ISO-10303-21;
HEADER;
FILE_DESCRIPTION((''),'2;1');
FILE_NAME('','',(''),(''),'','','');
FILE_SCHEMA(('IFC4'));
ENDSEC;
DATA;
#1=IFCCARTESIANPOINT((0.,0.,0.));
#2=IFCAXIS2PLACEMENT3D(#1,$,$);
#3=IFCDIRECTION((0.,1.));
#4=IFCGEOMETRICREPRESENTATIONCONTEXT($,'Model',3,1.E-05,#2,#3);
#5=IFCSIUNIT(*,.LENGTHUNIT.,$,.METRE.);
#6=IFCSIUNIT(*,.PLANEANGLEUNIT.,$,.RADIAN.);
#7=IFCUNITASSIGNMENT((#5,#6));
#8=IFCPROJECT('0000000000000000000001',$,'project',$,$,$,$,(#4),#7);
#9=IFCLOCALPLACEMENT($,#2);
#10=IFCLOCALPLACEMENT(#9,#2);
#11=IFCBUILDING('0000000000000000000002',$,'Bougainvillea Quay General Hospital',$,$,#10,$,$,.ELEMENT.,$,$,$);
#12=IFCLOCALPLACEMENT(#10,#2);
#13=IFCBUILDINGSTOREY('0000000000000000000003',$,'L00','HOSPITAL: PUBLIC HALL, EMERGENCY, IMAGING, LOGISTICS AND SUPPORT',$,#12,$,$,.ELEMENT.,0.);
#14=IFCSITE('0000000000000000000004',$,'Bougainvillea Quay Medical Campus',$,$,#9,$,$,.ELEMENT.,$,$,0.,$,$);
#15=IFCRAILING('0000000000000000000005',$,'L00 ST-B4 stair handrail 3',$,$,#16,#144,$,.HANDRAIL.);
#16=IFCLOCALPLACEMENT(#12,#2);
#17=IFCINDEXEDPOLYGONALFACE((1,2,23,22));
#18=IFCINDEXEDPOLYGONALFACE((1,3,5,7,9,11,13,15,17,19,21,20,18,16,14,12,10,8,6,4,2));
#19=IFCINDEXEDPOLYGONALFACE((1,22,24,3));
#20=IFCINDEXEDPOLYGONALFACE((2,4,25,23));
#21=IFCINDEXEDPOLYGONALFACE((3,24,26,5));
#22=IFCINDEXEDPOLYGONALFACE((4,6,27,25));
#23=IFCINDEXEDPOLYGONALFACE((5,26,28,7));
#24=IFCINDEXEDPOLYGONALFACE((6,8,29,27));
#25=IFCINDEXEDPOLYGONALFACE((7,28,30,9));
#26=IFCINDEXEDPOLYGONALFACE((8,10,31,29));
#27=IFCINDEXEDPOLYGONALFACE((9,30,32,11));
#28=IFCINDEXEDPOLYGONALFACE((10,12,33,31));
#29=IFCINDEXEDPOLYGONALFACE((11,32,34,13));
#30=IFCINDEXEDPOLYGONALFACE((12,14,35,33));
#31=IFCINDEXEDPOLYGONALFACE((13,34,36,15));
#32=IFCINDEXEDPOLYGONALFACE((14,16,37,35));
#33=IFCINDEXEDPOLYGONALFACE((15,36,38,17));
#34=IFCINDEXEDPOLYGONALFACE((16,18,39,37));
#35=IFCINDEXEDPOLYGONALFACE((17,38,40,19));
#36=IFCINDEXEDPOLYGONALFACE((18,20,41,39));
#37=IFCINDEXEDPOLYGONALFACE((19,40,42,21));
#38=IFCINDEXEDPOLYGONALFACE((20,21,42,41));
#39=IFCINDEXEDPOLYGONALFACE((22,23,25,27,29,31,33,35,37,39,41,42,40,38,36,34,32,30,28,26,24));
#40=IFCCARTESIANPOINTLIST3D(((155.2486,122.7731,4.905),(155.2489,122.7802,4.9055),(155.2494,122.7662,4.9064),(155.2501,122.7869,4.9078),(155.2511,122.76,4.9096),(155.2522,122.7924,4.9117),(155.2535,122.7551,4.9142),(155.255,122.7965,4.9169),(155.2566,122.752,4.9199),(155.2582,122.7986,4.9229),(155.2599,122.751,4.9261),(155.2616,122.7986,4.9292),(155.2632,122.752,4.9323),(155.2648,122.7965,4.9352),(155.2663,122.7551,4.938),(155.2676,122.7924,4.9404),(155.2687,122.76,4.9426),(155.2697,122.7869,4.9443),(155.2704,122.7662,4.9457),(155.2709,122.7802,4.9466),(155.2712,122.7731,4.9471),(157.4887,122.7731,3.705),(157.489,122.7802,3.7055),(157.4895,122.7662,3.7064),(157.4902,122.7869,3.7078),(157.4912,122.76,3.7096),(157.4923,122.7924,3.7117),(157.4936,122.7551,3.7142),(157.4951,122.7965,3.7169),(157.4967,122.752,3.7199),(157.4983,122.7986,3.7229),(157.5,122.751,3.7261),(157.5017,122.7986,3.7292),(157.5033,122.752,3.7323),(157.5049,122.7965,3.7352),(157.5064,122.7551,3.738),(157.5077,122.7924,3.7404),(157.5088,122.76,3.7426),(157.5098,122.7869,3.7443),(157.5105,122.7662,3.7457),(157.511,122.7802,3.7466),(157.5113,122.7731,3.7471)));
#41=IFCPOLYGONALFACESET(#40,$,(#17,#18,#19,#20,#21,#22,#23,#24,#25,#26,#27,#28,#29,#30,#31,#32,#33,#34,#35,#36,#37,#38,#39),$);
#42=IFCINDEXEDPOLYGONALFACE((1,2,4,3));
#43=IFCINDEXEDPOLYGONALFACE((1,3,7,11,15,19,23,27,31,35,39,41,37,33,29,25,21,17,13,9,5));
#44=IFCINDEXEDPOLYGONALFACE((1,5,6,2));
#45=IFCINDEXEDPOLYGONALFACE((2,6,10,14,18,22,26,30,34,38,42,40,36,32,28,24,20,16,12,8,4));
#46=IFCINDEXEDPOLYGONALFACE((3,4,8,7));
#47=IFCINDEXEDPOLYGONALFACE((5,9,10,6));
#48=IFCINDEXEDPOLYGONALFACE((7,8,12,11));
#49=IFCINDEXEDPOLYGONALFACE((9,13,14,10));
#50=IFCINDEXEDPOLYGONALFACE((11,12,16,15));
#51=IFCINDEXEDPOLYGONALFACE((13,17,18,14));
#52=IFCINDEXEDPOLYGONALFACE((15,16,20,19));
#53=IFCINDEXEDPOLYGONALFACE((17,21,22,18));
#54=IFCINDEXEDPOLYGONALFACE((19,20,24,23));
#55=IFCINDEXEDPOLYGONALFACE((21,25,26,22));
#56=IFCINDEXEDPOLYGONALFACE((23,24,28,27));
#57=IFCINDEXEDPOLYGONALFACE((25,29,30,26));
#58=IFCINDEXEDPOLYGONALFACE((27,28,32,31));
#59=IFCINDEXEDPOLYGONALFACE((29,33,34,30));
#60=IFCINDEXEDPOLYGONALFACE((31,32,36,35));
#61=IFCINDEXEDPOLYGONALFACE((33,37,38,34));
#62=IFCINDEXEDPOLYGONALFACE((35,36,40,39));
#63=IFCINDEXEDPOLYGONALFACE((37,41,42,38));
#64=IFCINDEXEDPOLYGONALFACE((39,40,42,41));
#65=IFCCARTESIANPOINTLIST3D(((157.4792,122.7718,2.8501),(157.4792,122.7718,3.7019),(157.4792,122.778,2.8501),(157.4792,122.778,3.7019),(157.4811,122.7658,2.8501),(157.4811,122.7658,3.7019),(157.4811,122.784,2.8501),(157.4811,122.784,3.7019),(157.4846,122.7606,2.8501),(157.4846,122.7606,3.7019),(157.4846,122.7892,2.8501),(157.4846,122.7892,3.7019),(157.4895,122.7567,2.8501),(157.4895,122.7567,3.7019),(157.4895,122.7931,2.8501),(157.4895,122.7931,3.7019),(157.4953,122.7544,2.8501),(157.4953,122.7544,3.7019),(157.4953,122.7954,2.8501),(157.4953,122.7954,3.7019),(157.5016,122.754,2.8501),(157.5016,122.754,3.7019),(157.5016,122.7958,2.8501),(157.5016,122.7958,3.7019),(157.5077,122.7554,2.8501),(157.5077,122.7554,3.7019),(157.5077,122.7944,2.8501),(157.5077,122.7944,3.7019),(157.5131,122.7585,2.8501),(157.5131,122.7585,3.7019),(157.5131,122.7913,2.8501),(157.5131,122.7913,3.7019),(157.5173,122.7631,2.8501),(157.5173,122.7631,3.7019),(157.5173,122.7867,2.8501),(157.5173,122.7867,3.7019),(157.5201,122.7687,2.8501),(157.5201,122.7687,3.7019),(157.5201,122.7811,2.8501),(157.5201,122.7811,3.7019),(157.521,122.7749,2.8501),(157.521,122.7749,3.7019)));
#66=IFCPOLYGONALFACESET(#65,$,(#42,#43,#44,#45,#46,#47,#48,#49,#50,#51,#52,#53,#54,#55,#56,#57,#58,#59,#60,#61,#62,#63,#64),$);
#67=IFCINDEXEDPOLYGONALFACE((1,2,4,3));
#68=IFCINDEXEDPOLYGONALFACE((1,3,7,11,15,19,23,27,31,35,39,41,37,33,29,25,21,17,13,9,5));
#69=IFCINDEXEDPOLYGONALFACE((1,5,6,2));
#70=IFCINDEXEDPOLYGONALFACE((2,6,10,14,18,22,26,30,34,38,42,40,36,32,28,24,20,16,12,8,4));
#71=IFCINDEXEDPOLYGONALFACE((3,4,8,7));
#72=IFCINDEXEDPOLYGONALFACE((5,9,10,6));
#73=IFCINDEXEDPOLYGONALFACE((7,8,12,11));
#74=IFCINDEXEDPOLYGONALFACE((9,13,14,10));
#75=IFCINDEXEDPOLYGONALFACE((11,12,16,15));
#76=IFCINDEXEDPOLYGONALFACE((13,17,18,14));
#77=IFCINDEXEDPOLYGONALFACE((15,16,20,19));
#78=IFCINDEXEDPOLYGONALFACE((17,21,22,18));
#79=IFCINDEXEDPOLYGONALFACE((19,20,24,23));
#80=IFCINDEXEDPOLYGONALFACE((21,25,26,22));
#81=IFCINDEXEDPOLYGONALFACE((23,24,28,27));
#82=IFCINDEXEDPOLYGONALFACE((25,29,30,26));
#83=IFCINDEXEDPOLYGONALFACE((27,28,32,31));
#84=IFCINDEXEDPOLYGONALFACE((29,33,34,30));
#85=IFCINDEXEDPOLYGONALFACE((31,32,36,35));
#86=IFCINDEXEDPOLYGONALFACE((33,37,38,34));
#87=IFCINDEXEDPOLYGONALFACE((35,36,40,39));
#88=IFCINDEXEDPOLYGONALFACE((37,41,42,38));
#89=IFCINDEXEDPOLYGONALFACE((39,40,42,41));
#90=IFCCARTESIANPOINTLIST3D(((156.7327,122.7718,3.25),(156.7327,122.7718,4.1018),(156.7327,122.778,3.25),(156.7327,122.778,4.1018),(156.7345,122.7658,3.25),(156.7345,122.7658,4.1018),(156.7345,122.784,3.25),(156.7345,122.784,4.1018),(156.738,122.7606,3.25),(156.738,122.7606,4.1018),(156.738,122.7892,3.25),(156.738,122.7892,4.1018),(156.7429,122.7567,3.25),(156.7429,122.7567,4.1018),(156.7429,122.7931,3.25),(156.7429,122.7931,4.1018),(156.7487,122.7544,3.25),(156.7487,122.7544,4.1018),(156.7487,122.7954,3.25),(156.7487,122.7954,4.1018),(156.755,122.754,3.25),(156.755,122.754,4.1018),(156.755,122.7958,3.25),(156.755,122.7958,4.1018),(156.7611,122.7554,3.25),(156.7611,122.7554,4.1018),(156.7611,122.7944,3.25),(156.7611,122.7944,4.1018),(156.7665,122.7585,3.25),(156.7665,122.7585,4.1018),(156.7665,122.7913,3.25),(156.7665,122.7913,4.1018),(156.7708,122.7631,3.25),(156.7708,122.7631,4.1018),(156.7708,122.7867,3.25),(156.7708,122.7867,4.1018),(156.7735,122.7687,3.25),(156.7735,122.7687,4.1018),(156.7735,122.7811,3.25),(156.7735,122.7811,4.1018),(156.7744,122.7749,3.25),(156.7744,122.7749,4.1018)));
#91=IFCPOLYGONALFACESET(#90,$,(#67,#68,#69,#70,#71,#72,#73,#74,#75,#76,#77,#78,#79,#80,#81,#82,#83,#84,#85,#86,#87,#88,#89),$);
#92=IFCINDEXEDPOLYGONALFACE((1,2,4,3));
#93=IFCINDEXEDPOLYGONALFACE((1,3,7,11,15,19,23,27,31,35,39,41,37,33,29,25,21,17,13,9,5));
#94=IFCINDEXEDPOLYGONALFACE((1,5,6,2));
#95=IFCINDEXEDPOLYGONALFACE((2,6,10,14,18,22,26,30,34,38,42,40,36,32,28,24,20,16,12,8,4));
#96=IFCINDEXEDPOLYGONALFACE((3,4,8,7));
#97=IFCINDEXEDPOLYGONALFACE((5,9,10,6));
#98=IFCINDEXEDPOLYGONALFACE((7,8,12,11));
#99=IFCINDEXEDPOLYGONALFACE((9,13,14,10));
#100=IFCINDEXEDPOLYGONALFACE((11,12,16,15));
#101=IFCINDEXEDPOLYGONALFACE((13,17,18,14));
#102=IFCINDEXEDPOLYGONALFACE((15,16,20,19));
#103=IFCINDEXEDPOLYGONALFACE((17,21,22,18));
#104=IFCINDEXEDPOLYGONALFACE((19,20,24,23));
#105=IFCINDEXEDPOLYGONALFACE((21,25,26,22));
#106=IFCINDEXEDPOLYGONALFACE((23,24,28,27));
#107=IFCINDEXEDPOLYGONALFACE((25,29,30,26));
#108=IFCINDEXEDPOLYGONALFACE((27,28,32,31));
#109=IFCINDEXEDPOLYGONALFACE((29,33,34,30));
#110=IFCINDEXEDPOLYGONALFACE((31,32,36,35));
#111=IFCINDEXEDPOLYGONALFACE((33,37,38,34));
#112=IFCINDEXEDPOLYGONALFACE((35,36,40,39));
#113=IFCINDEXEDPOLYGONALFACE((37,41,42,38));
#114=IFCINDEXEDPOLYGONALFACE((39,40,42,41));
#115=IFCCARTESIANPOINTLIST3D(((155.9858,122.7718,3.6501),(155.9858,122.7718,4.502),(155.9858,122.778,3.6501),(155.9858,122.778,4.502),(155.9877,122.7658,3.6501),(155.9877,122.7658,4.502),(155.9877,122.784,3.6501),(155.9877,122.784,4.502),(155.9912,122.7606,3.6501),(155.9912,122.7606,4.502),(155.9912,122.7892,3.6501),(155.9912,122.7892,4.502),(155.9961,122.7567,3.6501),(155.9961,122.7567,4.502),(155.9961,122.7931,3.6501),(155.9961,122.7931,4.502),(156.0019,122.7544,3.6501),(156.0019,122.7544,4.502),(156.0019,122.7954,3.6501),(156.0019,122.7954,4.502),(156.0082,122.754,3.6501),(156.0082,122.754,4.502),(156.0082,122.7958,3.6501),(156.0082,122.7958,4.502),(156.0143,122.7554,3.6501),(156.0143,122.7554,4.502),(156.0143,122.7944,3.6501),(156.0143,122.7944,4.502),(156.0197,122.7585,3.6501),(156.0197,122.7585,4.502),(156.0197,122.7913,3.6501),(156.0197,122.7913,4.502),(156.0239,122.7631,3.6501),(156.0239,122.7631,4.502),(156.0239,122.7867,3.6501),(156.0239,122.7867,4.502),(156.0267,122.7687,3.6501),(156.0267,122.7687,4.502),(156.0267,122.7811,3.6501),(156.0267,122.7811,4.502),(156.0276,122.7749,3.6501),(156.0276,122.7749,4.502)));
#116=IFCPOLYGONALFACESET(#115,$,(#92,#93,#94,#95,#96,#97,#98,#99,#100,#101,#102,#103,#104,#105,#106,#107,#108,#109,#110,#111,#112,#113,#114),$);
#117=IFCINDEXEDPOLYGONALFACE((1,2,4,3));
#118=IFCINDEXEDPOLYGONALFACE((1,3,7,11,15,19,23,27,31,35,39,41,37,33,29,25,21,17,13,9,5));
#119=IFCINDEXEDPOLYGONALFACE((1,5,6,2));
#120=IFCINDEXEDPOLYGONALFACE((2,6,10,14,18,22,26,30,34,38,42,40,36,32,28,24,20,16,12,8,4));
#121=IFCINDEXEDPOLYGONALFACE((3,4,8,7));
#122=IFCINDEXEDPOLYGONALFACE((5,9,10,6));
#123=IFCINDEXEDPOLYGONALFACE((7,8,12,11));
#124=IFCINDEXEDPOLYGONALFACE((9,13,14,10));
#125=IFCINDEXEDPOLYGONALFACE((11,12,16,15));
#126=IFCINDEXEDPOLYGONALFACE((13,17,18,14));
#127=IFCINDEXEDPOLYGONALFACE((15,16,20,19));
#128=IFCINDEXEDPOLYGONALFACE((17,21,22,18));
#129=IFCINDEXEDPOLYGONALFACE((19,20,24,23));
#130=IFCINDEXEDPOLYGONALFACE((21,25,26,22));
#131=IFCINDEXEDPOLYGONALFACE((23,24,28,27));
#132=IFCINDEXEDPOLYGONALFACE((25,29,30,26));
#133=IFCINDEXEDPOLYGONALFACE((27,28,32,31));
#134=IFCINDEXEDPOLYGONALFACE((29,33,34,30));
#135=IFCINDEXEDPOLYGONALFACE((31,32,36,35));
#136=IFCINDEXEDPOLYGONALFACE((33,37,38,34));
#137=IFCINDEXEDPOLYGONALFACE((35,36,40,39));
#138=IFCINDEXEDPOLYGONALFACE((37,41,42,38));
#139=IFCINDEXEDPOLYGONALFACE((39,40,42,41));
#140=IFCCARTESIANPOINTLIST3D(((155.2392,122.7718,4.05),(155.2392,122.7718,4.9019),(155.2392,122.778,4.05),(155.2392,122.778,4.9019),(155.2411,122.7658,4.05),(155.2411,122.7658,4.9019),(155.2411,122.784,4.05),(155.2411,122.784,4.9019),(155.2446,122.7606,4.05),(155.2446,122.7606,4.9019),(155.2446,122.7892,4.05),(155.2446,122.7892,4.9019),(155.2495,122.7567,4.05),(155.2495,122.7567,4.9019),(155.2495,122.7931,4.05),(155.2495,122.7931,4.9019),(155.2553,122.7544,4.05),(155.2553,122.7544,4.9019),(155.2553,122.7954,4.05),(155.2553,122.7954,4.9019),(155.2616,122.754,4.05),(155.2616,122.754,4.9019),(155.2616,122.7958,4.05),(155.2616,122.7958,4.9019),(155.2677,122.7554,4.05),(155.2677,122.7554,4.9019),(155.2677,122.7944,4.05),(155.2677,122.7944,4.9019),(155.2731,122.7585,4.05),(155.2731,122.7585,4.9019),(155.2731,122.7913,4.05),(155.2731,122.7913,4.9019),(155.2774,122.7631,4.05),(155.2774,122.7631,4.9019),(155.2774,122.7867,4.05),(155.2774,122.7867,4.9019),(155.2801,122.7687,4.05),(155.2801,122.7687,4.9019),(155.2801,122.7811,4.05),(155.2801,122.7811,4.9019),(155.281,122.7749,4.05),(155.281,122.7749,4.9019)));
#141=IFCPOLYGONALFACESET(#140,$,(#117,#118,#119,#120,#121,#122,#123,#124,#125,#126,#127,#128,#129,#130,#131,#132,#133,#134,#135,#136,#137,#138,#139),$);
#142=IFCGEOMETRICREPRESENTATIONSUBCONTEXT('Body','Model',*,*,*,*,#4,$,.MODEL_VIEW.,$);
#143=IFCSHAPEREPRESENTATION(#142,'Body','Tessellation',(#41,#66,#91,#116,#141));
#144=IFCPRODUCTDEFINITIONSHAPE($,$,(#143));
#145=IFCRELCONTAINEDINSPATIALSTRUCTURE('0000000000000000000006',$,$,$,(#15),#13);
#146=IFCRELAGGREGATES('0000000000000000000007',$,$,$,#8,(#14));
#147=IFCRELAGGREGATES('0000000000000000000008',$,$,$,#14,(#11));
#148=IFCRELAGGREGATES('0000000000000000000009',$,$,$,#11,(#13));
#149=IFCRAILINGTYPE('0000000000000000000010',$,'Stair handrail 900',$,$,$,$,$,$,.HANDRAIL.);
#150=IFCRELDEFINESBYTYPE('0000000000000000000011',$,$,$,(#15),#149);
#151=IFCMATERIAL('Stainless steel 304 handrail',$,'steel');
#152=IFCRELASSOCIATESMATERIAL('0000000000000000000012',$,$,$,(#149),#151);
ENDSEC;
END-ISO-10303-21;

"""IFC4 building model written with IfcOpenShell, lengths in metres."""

from ifc_helpers import new_model, si_unit, direction, frame, origin, origin_2d, place, context, subcontext, project, spatial, circle, extrude, material, type_object, element, save


model = new_model("IFC4")

# Units and contexts
model_context = context("Model", 3, precision=1e-05, world=origin(), true_north=direction((0.0, 1.0)))
body_context = subcontext(model_context, "Body", "Model", "MODEL_VIEW")
ifc_project = project(units=[si_unit("LENGTHUNIT", "METRE"), si_unit("PLANEANGLEUNIT", "RADIAN")], contexts=[model_context])

# Site, building, storey
site_placement = place(None, origin())
site = spatial("IfcSite", under=ifc_project, at=site_placement, Name="Bougainvillea Quay Medical Campus", CompositionType="ELEMENT", RefElevation=0.0)
building_placement = place(site_placement, origin())
building = spatial("IfcBuilding", under=site, at=building_placement, Name="Bougainvillea Quay General Hospital", CompositionType="ELEMENT")
storey_placement = place(building_placement, origin())
storey = spatial("IfcBuildingStorey", under=building, at=storey_placement, Name="L00", Description="HOSPITAL: PUBLIC HALL, EMERGENCY, IMAGING, LOGISTICS AND SUPPORT", CompositionType="ELEMENT", Elevation=0.0)

# Railing
ifc_material_1 = material(Name="Stainless steel 304 handrail", Category="steel")
railing_type_1 = type_object("IfcRailingType", Name="Stair handrail 900", PredefinedType="HANDRAIL", material=ifc_material_1)
railing_1_placement = place(storey_placement, frame((157.5, 122.7749, 2.8501)))
element("IfcRailing", 1, at=railing_1_placement, inside=storey, type_object=railing_type_1, Name="L00 ST-B4 stair handrail 3", PredefinedType="HANDRAIL", context=body_context, shape_type="SweptSolid", body=[
    extrude(circle(Radius=0.0239, at=origin_2d()), frame((0.0, 0.0, 0.876), z_axis=(-0.881487, 0.0, 0.472208), x_axis=(0.0, -1.0, 0.0)), (0.0, 0.0, 1.0), 2.5413),
    extrude(circle(Radius=0.021, at=origin_2d()), origin(), (0.0, 0.0, 1.0), 0.8518),
    extrude(circle(Radius=0.021, at=origin_2d()), frame((-0.7466, 0.0, 0.3999)), (0.0, 0.0, 1.0), 0.8518),
    extrude(circle(Radius=0.021, at=origin_2d()), frame((-1.4934, 0.0, 0.8)), (0.0, 0.0, 1.0), 0.8518),
    extrude(circle(Radius=0.021, at=origin_2d()), frame((-2.24, 0.0, 1.2)), (0.0, 0.0, 1.0), 0.8518),
])

save(model, "model.ifc")
